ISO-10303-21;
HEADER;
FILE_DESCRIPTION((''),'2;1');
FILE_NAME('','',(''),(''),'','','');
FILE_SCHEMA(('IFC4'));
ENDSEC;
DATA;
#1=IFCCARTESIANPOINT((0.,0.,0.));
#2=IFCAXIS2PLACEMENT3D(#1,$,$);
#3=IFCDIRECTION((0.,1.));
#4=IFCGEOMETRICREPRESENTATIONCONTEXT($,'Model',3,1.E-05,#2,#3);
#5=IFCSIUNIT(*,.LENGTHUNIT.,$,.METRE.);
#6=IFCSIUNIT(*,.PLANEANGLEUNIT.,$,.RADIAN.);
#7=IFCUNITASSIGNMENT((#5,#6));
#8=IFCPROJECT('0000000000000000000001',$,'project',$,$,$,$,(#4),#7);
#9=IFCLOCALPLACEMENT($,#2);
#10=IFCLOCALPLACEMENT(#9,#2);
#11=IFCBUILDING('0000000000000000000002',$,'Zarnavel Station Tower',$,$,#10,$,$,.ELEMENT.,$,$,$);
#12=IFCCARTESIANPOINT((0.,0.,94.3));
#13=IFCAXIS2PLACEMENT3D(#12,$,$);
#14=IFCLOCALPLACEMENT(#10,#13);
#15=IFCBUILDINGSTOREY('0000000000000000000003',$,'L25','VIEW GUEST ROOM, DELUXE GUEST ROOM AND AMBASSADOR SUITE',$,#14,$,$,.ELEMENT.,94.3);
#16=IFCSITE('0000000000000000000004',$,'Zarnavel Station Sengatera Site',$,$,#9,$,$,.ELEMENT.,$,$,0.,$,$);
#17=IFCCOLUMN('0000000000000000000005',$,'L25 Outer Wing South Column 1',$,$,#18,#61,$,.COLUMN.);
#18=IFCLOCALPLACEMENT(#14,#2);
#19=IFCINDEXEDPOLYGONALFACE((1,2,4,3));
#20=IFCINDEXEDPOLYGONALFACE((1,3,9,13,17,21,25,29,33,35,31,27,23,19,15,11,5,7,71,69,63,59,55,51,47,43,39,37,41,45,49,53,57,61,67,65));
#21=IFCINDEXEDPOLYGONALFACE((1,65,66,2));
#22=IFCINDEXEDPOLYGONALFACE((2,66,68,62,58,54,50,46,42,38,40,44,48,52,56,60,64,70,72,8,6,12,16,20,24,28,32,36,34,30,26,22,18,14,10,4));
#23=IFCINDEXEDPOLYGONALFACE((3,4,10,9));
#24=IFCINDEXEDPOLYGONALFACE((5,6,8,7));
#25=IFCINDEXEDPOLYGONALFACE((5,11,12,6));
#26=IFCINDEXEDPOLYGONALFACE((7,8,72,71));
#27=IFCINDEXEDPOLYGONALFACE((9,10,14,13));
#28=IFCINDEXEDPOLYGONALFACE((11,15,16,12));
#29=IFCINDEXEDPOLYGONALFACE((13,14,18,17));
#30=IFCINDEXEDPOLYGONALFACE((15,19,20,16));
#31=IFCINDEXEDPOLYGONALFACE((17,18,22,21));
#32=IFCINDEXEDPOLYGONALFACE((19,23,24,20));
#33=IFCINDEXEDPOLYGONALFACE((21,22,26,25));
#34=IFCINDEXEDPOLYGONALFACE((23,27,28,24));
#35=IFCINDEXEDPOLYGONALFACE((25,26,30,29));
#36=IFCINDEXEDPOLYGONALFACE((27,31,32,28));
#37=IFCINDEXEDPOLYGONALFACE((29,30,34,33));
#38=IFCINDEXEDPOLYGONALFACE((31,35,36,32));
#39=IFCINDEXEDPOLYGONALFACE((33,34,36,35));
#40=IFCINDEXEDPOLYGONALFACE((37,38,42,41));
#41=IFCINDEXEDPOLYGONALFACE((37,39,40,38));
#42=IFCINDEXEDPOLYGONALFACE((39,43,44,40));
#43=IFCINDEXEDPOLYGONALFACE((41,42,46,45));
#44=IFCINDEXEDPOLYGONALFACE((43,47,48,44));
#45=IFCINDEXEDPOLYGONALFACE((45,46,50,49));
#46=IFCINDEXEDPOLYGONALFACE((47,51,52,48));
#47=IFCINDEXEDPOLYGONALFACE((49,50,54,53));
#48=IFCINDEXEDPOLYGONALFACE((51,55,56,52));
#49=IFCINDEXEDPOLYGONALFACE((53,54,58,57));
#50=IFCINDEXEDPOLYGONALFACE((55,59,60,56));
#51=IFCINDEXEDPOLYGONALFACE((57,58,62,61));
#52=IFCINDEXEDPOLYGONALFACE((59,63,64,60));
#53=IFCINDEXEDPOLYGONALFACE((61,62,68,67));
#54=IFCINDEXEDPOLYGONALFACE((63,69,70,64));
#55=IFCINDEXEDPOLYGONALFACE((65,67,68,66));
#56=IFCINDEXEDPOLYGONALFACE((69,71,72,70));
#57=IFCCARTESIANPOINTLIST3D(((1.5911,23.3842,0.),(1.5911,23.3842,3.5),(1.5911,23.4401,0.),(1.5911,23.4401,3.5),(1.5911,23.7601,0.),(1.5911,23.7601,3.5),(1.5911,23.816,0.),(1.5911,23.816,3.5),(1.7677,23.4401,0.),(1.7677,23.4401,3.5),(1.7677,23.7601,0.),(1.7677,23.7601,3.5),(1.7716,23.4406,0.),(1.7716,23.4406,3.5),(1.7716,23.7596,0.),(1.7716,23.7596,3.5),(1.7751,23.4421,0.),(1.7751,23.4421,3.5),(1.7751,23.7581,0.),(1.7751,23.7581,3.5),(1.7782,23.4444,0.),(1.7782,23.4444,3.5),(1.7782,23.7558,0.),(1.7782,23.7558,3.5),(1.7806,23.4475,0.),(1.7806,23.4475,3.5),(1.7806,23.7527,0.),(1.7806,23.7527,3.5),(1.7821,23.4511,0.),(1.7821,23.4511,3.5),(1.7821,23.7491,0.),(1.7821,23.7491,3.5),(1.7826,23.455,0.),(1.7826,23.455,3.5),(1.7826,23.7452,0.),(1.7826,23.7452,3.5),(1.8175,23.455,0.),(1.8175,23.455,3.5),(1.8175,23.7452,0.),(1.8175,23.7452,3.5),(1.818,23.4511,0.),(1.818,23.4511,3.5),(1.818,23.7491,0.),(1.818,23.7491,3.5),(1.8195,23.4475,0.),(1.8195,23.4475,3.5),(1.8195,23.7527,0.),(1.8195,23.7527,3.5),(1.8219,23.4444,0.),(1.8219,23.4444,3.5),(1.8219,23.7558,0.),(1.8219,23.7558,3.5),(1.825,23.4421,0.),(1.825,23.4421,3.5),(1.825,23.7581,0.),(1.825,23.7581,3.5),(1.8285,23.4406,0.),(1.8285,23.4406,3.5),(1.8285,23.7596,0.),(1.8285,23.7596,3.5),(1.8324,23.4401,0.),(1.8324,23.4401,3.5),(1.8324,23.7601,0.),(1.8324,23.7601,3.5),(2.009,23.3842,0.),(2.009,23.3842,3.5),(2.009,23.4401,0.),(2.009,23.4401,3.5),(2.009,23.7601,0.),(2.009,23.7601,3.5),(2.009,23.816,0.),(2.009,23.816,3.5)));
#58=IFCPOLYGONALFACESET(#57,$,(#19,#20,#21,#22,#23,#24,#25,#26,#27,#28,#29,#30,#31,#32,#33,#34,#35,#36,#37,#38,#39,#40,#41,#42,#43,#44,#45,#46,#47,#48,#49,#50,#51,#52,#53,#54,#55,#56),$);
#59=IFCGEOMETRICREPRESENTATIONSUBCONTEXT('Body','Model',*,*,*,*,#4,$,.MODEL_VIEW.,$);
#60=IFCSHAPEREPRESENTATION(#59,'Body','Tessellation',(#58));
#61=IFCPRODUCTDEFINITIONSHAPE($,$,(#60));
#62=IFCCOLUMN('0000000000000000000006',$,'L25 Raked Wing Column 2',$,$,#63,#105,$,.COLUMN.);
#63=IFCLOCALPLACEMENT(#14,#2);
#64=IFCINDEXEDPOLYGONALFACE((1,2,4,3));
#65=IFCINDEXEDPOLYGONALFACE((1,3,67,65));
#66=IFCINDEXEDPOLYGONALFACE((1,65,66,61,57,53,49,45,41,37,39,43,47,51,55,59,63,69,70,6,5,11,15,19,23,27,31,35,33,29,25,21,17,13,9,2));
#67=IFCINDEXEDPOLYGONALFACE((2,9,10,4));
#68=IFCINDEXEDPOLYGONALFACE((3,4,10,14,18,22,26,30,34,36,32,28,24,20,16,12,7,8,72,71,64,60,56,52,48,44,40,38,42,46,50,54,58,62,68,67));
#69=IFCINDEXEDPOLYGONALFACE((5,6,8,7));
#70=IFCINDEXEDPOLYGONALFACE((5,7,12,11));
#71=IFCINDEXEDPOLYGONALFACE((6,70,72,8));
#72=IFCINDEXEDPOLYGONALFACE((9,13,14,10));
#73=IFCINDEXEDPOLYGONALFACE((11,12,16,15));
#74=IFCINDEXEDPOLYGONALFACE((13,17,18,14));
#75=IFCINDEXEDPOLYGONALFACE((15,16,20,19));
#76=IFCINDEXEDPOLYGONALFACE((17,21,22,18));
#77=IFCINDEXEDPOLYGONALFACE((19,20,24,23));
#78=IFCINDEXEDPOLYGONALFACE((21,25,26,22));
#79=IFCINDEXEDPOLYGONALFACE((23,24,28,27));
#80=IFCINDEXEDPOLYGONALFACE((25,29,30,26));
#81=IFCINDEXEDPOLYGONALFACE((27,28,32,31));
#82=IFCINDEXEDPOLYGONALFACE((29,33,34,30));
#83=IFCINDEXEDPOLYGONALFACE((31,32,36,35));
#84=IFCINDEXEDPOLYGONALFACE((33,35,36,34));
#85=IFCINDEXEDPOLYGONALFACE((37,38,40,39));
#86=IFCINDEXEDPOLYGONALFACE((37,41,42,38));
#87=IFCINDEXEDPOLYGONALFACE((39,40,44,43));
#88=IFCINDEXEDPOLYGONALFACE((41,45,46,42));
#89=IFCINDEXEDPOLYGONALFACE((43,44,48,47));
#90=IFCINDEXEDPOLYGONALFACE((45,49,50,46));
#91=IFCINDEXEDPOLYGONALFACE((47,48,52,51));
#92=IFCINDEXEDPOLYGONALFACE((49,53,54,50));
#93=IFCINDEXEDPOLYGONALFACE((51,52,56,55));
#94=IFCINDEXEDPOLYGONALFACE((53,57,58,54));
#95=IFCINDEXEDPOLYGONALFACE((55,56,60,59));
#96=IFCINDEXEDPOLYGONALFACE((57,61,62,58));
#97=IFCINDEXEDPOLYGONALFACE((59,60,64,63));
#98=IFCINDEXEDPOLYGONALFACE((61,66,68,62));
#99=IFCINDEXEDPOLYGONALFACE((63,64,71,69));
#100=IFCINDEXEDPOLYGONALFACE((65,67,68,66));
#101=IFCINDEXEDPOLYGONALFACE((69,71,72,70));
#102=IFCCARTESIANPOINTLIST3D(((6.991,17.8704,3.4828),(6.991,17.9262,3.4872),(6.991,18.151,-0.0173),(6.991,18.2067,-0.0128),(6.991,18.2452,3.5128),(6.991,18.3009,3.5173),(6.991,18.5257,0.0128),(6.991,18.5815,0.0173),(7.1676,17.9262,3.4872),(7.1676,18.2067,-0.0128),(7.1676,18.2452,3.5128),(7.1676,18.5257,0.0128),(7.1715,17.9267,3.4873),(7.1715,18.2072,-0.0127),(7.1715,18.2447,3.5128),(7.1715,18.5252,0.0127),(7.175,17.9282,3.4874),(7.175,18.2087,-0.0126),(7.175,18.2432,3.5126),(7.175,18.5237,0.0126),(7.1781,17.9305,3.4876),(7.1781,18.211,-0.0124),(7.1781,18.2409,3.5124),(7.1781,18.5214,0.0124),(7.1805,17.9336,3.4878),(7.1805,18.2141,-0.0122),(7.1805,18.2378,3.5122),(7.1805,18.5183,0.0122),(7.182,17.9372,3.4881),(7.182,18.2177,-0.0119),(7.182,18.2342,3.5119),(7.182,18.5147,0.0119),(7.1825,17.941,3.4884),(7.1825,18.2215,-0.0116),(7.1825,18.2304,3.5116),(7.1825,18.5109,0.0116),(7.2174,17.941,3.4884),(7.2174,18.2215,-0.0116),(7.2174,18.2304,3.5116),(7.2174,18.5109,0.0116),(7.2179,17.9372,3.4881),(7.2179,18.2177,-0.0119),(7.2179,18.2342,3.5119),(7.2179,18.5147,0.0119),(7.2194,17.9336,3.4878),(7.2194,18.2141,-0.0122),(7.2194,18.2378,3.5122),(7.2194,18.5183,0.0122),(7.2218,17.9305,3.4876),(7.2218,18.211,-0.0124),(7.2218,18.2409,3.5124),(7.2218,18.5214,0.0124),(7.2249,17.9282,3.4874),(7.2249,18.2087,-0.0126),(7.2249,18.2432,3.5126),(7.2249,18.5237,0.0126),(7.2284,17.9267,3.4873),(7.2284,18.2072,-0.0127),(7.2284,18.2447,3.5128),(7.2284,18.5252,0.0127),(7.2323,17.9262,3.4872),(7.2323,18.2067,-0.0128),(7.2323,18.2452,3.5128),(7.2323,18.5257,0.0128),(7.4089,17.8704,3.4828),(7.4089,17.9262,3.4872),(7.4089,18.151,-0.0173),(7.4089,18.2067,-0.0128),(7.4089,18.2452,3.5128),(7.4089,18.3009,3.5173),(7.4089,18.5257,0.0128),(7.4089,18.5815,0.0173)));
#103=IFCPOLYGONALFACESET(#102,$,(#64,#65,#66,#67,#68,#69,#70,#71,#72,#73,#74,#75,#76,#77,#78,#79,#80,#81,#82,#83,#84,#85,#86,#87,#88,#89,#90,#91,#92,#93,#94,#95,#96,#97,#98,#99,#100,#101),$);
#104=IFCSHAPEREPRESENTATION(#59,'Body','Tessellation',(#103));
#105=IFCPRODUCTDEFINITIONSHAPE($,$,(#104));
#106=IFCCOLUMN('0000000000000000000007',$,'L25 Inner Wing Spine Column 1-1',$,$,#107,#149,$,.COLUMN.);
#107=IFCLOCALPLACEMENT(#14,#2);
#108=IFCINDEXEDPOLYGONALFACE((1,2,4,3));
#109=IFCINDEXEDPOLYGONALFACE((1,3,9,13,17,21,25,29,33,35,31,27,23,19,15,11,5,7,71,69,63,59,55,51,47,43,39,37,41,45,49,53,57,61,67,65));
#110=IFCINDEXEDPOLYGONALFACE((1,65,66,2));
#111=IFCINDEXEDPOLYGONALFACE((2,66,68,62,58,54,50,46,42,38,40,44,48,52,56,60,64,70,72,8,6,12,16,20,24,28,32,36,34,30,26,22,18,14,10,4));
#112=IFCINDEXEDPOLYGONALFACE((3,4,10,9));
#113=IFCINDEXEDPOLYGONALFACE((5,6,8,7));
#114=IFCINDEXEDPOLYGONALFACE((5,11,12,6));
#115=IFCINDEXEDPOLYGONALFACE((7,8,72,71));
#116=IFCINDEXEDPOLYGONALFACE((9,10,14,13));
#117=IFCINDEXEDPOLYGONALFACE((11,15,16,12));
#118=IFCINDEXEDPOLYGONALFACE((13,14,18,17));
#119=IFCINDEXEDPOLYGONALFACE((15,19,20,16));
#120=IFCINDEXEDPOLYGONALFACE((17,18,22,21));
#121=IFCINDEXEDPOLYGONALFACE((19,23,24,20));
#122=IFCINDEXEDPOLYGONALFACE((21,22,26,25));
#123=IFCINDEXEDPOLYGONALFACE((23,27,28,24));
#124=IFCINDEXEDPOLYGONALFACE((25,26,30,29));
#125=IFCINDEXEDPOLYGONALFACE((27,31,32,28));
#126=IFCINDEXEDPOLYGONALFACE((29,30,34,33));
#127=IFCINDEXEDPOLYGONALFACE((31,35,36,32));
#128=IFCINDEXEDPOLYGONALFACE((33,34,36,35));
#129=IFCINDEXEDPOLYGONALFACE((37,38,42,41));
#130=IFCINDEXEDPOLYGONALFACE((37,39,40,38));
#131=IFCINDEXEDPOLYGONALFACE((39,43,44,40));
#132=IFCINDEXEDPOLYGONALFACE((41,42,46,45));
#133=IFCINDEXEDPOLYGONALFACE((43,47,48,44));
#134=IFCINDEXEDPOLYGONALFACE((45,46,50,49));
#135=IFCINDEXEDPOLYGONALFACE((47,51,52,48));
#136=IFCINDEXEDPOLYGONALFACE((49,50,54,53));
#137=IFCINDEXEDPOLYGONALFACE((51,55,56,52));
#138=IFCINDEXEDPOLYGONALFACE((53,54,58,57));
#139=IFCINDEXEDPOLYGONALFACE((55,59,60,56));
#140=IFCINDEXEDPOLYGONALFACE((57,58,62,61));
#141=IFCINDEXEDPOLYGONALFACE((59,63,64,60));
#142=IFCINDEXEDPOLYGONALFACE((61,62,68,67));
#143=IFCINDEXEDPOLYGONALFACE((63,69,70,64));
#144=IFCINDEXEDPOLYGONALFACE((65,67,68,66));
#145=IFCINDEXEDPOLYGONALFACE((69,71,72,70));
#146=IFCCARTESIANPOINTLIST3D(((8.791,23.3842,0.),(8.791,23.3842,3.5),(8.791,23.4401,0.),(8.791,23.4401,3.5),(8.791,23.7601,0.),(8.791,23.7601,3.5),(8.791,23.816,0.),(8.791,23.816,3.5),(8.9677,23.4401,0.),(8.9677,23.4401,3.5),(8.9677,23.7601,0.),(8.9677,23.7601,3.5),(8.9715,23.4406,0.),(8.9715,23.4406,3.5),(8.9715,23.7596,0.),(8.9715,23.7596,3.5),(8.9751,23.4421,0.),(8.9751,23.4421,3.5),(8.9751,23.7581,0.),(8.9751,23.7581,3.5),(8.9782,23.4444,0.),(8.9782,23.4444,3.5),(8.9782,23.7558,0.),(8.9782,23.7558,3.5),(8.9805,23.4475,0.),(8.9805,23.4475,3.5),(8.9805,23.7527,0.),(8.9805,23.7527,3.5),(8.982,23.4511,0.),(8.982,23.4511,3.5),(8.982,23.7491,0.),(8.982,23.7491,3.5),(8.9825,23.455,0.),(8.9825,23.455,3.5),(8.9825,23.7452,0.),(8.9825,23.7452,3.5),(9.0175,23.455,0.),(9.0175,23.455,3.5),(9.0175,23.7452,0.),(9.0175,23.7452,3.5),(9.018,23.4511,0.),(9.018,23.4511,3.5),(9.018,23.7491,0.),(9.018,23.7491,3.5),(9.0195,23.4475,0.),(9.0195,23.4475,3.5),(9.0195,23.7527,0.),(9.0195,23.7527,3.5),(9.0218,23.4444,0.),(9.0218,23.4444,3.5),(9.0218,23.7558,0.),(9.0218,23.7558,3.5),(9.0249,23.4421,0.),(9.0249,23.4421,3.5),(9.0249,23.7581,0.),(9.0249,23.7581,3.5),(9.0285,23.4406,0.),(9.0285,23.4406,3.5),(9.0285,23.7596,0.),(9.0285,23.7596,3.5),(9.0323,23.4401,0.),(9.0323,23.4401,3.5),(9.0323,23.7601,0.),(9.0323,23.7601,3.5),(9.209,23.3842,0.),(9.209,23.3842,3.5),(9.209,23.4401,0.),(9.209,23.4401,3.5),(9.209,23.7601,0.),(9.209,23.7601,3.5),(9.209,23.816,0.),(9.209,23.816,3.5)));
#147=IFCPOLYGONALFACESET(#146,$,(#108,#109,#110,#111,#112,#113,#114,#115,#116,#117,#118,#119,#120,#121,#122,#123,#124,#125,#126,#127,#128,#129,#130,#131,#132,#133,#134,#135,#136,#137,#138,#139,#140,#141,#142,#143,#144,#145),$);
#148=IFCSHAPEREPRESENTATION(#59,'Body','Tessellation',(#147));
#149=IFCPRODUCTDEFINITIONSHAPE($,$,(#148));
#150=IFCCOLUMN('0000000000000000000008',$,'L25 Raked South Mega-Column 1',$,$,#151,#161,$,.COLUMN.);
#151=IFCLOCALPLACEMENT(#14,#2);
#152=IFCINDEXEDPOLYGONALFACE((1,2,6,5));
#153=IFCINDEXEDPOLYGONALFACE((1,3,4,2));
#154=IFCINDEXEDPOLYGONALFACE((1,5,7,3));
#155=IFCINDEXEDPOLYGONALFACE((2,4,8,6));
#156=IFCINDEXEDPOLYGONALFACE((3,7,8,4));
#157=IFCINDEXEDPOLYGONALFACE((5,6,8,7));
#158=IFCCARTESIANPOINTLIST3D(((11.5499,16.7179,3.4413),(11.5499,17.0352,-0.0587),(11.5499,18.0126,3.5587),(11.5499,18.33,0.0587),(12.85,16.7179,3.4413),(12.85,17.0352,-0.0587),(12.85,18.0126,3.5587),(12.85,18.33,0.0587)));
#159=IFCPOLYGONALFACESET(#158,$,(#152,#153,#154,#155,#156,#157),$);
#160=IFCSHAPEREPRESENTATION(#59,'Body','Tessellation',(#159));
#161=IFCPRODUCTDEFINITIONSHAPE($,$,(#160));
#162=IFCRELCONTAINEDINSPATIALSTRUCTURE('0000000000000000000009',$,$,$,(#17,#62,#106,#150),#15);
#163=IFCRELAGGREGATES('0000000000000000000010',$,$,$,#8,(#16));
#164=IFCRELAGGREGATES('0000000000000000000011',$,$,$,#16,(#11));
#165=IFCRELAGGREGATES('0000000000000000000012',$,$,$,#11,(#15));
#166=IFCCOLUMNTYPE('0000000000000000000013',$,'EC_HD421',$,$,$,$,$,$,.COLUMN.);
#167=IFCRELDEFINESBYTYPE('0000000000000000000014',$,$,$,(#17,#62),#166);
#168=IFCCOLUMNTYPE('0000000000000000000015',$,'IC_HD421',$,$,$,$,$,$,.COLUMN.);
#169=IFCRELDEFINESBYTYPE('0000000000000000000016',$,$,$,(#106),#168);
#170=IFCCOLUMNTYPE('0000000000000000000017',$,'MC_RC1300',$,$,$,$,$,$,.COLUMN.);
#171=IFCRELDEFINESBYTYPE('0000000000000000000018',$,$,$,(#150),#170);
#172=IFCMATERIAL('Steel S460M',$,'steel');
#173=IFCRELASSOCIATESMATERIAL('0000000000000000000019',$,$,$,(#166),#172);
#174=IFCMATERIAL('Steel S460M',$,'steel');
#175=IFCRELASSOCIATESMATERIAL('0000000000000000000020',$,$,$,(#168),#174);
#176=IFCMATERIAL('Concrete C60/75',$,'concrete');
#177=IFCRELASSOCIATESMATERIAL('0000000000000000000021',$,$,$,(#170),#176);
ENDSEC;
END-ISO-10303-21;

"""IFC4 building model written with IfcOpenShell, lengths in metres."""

from ifc_helpers import new_model, si_unit, direction, frame, origin, origin_2d, place, context, subcontext, project, spatial, rectangle, i_section, extrude, material, material_profile, profile_set, type_object, element, save


model = new_model("IFC4")

# Units and contexts
model_context = context("Model", 3, precision=1e-05, world=origin(), true_north=direction((0.0, 1.0)))
body_context = subcontext(model_context, "Body", "Model", "MODEL_VIEW")
ifc_project = project(units=[si_unit("LENGTHUNIT", "METRE"), si_unit("PLANEANGLEUNIT", "RADIAN")], contexts=[model_context])

# Site, building, storey
site_placement = place(None, origin())
site = spatial("IfcSite", under=ifc_project, at=site_placement, Name="Zarnavel Station Sengatera Site", CompositionType="ELEMENT", RefElevation=0.0)
building_placement = place(site_placement, origin())
building = spatial("IfcBuilding", under=site, at=building_placement, Name="Zarnavel Station Tower", CompositionType="ELEMENT")
storey_placement = place(building_placement, frame((0.0, 0.0, 94.3)))
storey = spatial("IfcBuildingStorey", under=building, at=storey_placement, Name="L25", Description="VIEW GUEST ROOM, DELUXE GUEST ROOM AND AMBASSADOR SUITE", CompositionType="ELEMENT", Elevation=94.3)

# Columns
ifc_material_1 = material(Name="Steel S460M", Category="steel")
ifc_material_profile_1 = material_profile(ifc_material_1, i_section(OverallWidth=0.418, OverallDepth=0.4319, WebThickness=0.0349, FlangeThickness=0.0559, FilletRadius=0.0149, at=origin_2d()), Name="HD400x421")
ifc_profile_set_1 = profile_set([ifc_material_profile_1], Name="Steel S460M")
column_type_1 = type_object("IfcColumnType", Name="EC_HD421", PredefinedType="COLUMN", material=ifc_profile_set_1)
column_1_placement = place(storey_placement, frame((1.8, 23.6001, 0.0), z_axis=(0.0, 0.0, 1.0), x_axis=(1.0, 0.0, 0.0)))
element("IfcColumn", 1, at=column_1_placement, inside=storey, type_object=column_type_1, Name="L25 Outer Wing South Column 1", PredefinedType="COLUMN", context=body_context, shape_type="SweptSolid", body=[
    extrude(i_section(OverallWidth=0.418, OverallDepth=0.4319, WebThickness=0.0349, FlangeThickness=0.0559, FilletRadius=0.0149, at=origin_2d()), origin(), (0.0, 0.0, 1.0), 3.5),
])
column_2_placement = place(storey_placement, frame((7.2, 18.3662, 0.0), z_axis=(0.0, -0.079892, 0.996804), x_axis=(1.0, 0.0, 0.0)))
element("IfcColumn", 2, at=column_2_placement, inside=storey, type_object=column_type_1, Name="L25 Raked Wing Column 2", PredefinedType="COLUMN", context=body_context, shape_type="SweptSolid", body=[
    extrude(i_section(OverallWidth=0.418, OverallDepth=0.4319, WebThickness=0.0349, FlangeThickness=0.0559, FilletRadius=0.0149, at=origin_2d()), origin(), (0.0, 0.0, 1.0), 3.5112),
])
ifc_material_2 = material(Name="Steel S460M", Category="steel")
ifc_material_profile_2 = material_profile(ifc_material_2, i_section(OverallWidth=0.418, OverallDepth=0.4319, WebThickness=0.0349, FlangeThickness=0.0559, FilletRadius=0.0149, at=origin_2d()), Name="HD400x421")
ifc_profile_set_2 = profile_set([ifc_material_profile_2], Name="Steel S460M")
column_type_2 = type_object("IfcColumnType", Name="IC_HD421", PredefinedType="COLUMN", material=ifc_profile_set_2)
column_3_placement = place(storey_placement, frame((9.0, 23.6001, 0.0), z_axis=(0.0, 0.0, 1.0), x_axis=(1.0, 0.0, 0.0)))
element("IfcColumn", 3, at=column_3_placement, inside=storey, type_object=column_type_2, Name="L25 Inner Wing Spine Column 1-1", PredefinedType="COLUMN", context=body_context, shape_type="SweptSolid", body=[
    extrude(i_section(OverallWidth=0.418, OverallDepth=0.4319, WebThickness=0.0349, FlangeThickness=0.0559, FilletRadius=0.0149, at=origin_2d()), origin(), (0.0, 0.0, 1.0), 3.5),
])
ifc_material_3 = material(Name="Concrete C60/75", Category="concrete")
ifc_material_profile_3 = material_profile(ifc_material_3, rectangle(XDim=1.3, YDim=1.3, at=origin_2d()), Name="RC1300x1300")
ifc_profile_set_3 = profile_set([ifc_material_profile_3], Name="Concrete C60/75")
column_type_3 = type_object("IfcColumnType", Name="MC_RC1300", PredefinedType="COLUMN", material=ifc_profile_set_3)
column_4_placement = place(storey_placement, frame((12.2, 17.6826, 0.0), z_axis=(0.0, -0.09031, 0.995914), x_axis=(1.0, 0.0, 0.0)))
element("IfcColumn", 4, at=column_4_placement, inside=storey, type_object=column_type_3, Name="L25 Raked South Mega-Column 1", PredefinedType="COLUMN", context=body_context, shape_type="SweptSolid", body=[
    extrude(rectangle(XDim=1.3, YDim=1.3, at=origin_2d()), origin(), (0.0, 0.0, 1.0), 3.5144),
])

save(model, "model.ifc")
